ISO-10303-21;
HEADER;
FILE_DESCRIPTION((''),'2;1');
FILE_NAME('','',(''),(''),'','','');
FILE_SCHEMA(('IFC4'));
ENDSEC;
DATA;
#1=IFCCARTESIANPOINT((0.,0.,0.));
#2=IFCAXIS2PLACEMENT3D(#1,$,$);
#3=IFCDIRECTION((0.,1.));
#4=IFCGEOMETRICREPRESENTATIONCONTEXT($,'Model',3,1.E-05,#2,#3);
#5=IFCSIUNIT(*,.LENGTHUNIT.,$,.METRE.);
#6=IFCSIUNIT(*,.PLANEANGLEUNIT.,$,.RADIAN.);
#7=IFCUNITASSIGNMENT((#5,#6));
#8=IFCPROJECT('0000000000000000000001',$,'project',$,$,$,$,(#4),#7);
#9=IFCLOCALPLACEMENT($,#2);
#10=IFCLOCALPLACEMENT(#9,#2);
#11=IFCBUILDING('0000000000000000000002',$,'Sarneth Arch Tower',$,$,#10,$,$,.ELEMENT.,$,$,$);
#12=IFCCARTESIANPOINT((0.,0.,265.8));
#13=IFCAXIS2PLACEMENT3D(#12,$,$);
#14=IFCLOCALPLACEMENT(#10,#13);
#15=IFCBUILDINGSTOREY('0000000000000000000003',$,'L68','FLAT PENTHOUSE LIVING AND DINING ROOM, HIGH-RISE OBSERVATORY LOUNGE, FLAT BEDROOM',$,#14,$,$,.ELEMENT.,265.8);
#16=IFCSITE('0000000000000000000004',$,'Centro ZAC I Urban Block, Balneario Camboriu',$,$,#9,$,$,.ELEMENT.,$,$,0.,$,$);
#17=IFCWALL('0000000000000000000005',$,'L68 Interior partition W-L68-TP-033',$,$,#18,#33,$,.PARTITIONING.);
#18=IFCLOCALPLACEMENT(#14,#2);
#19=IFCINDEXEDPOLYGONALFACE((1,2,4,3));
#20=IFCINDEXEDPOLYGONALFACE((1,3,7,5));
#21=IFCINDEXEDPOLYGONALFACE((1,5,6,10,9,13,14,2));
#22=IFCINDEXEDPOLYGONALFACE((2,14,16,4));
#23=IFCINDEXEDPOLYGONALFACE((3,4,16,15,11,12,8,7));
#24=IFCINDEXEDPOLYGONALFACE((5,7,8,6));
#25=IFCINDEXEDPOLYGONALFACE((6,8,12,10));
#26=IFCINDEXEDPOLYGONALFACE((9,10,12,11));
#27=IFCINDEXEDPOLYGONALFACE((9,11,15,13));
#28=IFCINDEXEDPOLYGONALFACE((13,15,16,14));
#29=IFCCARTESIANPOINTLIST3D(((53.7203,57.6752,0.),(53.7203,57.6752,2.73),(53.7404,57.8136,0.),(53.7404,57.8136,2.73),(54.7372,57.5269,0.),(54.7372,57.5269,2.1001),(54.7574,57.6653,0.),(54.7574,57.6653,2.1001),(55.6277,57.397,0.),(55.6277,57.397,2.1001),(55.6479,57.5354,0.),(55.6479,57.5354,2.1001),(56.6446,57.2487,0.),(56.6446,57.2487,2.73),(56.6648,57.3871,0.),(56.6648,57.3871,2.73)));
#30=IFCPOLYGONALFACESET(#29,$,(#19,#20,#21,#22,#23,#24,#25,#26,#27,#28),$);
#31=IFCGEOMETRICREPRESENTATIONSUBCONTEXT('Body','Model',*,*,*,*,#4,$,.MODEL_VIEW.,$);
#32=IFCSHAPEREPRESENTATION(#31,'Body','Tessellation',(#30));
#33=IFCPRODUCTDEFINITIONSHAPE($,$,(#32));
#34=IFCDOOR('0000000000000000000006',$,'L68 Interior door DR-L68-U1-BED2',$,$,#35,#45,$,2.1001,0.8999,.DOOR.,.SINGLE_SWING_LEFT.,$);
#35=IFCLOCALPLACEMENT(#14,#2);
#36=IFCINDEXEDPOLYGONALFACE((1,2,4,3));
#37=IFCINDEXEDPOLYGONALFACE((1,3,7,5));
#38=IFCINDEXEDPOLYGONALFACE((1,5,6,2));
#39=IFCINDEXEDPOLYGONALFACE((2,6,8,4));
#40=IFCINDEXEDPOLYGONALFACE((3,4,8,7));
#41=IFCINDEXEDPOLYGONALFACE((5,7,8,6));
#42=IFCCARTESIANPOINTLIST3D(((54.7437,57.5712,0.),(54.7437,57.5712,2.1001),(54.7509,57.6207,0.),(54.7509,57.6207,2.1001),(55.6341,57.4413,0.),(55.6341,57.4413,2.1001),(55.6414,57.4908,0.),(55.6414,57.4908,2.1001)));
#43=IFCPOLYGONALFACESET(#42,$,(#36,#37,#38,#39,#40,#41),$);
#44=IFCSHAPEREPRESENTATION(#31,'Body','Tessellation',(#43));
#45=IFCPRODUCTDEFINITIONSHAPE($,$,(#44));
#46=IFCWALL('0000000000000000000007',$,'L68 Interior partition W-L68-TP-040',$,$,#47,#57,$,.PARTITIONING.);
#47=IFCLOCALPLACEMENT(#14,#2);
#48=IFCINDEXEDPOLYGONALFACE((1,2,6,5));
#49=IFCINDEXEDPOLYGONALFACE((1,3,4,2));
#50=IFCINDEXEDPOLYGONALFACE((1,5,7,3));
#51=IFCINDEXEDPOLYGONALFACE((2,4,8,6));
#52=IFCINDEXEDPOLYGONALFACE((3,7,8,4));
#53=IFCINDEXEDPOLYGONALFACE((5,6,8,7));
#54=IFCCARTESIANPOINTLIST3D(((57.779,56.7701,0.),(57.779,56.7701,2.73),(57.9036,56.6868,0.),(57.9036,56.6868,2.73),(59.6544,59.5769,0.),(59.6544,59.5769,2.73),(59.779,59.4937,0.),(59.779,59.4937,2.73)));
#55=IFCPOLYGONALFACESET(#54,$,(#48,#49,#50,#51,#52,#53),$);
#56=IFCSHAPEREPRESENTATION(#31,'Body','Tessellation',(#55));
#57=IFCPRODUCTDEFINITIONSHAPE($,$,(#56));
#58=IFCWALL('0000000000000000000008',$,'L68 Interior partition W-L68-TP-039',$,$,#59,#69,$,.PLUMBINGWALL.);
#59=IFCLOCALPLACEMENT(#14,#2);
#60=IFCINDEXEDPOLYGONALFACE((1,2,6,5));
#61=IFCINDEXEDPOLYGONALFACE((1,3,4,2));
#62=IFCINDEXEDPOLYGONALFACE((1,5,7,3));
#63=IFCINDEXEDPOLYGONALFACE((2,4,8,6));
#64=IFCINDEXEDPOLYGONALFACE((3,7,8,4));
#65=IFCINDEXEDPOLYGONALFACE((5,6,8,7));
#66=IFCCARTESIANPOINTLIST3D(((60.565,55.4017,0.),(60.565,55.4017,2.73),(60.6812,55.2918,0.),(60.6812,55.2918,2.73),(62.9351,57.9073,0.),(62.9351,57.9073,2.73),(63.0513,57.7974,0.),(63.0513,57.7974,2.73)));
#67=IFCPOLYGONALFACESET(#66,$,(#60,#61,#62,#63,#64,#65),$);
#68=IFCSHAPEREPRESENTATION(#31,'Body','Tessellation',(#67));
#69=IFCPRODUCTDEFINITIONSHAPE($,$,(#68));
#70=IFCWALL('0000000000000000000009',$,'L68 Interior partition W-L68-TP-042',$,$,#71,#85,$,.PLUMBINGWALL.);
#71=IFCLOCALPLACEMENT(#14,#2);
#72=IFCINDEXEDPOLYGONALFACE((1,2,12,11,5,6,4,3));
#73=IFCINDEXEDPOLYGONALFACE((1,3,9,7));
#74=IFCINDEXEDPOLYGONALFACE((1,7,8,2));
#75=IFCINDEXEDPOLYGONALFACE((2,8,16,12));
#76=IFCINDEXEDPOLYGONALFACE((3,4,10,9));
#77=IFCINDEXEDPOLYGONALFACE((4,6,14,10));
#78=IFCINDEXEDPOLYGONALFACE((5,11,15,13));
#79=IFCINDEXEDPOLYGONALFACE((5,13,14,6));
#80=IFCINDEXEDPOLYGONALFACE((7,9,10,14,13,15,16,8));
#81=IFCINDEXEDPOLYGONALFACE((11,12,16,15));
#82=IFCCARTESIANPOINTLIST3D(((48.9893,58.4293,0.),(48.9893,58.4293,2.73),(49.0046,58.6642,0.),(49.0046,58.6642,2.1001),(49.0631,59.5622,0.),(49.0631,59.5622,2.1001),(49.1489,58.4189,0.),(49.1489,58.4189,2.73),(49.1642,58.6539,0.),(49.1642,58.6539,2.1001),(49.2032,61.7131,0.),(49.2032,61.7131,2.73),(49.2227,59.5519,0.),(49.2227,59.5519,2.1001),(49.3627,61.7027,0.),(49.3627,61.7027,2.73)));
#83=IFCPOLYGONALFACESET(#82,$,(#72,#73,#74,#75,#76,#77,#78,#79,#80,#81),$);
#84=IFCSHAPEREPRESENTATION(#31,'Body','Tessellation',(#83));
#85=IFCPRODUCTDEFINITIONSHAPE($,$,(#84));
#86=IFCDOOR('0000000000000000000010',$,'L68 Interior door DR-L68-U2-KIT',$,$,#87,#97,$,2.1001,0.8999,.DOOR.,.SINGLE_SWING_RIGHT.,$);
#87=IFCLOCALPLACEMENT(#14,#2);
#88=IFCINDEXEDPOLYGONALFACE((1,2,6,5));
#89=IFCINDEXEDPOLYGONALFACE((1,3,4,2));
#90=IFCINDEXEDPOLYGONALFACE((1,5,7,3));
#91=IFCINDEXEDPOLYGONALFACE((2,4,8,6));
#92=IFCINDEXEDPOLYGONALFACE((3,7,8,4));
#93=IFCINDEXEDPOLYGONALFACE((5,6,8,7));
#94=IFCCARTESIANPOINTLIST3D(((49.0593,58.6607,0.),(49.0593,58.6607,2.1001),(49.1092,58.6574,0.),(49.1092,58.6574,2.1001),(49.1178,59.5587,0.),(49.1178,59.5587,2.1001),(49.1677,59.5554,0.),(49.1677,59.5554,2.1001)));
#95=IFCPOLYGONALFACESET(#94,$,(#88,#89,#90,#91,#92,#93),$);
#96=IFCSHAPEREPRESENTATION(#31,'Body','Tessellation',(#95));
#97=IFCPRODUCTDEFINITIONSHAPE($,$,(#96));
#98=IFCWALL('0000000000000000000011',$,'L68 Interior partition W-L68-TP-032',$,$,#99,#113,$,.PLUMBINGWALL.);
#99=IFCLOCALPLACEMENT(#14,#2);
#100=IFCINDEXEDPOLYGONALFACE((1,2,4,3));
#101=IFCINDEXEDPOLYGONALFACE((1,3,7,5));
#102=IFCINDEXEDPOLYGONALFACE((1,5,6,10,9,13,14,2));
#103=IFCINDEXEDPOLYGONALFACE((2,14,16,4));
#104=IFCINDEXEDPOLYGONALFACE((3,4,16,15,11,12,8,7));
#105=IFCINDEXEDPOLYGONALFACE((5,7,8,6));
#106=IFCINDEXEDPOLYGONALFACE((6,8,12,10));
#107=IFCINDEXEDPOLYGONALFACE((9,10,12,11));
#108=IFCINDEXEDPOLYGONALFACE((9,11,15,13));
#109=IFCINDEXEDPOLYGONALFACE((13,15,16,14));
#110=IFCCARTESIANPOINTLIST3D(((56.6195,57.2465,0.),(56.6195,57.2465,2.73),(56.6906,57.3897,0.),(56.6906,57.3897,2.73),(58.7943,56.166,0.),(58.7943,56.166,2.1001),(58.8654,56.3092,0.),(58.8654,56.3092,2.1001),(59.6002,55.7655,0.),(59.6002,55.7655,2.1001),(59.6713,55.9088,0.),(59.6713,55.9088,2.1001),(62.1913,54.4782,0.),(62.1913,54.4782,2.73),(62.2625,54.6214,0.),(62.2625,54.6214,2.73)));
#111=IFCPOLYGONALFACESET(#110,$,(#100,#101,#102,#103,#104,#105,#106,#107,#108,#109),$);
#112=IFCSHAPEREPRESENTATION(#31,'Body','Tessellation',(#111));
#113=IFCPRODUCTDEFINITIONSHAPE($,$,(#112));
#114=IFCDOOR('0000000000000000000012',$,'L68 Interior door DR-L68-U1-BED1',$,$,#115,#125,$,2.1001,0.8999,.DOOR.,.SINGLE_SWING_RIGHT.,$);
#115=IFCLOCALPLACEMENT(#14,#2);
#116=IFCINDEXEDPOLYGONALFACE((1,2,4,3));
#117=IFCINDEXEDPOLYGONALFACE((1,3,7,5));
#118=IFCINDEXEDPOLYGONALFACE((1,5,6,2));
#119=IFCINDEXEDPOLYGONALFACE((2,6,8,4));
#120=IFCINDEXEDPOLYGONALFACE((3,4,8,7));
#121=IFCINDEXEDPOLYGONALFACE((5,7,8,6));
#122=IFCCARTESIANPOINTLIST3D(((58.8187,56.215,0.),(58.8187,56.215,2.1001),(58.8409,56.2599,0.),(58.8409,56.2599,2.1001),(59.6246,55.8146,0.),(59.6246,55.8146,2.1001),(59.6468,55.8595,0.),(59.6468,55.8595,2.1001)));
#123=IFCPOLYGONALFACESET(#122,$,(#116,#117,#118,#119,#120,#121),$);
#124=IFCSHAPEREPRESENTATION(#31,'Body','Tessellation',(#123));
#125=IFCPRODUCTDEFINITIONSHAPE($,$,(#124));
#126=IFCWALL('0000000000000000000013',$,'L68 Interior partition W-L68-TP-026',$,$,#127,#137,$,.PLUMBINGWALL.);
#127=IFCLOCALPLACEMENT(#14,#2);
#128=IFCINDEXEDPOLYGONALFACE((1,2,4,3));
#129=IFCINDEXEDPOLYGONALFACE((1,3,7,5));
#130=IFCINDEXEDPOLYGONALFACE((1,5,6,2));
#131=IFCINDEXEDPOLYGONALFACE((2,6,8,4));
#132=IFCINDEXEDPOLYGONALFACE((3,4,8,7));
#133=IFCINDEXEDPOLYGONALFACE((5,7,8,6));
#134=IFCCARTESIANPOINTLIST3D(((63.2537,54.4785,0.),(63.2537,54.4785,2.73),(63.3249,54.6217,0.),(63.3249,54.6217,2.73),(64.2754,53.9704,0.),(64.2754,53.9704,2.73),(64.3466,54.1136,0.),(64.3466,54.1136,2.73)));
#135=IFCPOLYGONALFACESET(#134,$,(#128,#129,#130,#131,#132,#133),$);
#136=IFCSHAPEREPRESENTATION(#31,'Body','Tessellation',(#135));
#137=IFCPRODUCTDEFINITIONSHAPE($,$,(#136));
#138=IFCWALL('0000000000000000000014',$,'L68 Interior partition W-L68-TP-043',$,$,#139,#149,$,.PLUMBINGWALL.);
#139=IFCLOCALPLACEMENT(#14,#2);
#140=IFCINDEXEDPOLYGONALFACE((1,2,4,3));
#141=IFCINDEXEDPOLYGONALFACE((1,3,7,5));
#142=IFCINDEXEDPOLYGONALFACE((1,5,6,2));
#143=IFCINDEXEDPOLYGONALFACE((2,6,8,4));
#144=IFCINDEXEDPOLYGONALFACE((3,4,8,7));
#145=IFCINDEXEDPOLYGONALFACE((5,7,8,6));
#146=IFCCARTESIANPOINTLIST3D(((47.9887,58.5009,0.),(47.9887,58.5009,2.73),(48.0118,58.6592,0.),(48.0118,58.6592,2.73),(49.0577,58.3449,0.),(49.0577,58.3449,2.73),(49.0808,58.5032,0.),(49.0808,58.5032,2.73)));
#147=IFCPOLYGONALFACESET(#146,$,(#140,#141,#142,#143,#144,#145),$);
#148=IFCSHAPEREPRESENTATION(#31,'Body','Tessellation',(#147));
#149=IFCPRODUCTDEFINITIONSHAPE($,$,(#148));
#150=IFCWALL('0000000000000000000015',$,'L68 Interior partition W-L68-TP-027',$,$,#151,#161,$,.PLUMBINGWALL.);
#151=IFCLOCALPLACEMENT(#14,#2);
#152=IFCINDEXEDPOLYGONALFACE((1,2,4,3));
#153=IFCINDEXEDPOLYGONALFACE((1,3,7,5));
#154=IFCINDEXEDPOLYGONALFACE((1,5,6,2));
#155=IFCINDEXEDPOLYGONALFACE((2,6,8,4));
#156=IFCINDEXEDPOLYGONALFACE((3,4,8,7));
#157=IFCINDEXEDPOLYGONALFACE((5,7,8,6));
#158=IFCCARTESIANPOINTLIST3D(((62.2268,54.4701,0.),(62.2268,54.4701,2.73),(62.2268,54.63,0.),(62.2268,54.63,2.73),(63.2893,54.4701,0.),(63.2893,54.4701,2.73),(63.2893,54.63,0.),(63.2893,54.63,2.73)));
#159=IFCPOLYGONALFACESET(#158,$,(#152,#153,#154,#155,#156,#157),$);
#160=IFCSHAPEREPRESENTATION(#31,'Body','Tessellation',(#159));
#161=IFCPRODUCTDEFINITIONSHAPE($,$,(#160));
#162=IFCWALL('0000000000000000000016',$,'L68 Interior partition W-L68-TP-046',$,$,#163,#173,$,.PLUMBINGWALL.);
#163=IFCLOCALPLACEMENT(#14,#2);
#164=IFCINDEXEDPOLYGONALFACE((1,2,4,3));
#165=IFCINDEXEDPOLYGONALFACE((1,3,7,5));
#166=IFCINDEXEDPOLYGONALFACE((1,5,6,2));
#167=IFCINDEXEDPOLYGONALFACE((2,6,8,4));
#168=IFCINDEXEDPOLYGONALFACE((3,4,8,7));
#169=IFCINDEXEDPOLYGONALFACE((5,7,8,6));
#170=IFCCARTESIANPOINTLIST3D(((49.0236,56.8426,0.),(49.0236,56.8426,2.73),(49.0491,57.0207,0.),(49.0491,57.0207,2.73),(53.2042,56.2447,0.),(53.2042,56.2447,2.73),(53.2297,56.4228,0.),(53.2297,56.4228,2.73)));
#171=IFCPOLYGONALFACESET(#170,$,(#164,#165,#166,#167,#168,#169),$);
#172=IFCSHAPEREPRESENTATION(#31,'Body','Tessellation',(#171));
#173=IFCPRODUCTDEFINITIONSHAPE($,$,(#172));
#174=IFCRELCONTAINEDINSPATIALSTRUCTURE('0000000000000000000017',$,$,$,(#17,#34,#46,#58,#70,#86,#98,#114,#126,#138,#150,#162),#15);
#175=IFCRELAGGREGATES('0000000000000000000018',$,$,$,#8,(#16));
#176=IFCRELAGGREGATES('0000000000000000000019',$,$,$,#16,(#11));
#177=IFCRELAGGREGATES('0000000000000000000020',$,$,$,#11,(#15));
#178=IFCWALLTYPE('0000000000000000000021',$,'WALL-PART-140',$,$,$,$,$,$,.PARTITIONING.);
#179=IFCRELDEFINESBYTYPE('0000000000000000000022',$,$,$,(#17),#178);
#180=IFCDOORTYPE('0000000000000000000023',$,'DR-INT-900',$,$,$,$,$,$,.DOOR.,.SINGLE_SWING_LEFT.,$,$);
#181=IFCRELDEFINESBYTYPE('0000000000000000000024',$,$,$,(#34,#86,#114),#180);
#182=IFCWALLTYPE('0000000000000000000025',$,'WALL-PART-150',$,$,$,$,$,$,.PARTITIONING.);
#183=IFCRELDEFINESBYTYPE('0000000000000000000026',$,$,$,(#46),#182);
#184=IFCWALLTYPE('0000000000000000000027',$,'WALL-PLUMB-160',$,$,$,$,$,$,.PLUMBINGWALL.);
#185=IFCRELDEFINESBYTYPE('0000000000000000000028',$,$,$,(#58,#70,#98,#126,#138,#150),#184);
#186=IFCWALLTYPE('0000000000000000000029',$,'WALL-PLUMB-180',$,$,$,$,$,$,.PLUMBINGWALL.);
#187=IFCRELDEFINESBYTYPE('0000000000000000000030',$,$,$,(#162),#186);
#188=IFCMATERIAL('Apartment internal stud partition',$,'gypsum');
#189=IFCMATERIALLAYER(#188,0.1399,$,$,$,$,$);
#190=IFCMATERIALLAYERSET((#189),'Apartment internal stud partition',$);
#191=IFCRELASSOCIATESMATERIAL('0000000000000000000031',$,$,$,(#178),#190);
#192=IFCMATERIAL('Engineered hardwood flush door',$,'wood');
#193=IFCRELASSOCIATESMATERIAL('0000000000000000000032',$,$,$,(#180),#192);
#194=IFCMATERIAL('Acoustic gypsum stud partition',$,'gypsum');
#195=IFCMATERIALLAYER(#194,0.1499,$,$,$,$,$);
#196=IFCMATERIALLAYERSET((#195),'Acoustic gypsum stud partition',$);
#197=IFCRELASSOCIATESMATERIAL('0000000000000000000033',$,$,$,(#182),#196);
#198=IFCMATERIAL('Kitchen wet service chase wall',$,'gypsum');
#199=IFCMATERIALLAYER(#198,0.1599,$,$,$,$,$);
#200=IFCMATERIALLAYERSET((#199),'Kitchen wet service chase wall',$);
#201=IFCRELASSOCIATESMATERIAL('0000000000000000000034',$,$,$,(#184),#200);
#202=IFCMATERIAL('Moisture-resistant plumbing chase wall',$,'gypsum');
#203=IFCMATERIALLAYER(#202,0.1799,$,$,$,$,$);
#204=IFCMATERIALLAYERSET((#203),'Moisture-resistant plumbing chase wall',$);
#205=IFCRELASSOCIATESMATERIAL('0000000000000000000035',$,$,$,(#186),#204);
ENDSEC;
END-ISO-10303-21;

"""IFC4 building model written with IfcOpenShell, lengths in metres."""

from ifc_helpers import new_model, si_unit, direction, frame, frame_2d, origin, place, context, subcontext, project, spatial, rectangle, extrude, material, layer, layer_set, type_object, element, fill, save


model = new_model("IFC4")

# Units and contexts
model_context = context("Model", 3, precision=1e-05, world=origin(), true_north=direction((0.0, 1.0)))
body_context = subcontext(model_context, "Body", "Model", "MODEL_VIEW")
ifc_project = project(units=[si_unit("LENGTHUNIT", "METRE"), si_unit("PLANEANGLEUNIT", "RADIAN")], contexts=[model_context])

# Site, building, storey
site_placement = place(None, origin())
site = spatial("IfcSite", under=ifc_project, at=site_placement, Name="Centro ZAC I Urban Block, Balneario Camboriu", CompositionType="ELEMENT", RefElevation=0.0)
building_placement = place(site_placement, origin())
building = spatial("IfcBuilding", under=site, at=building_placement, Name="Sarneth Arch Tower", CompositionType="ELEMENT")
storey_placement = place(building_placement, frame((0.0, 0.0, 265.8)))
storey = spatial("IfcBuildingStorey", under=building, at=storey_placement, Name="L68", Description="FLAT PENTHOUSE LIVING AND DINING ROOM, HIGH-RISE OBSERVATORY LOUNGE, FLAT BEDROOM", CompositionType="ELEMENT", Elevation=265.8)

# Wall, opening, door
ifc_material_1 = material(Name="Apartment internal stud partition", Category="gypsum")
ifc_layer_1 = layer(ifc_material_1, 0.1399)
ifc_layer_set_1 = layer_set([ifc_layer_1], Name="Apartment internal stud partition")
wall_type_1 = type_object("IfcWallType", Name="WALL-PART-140", PredefinedType="PARTITIONING", material=ifc_layer_set_1)
wall_1_placement = place(storey_placement, frame((53.7305, 57.7444, 0.0), z_axis=(0.0, 0.0, 1.0), x_axis=(0.989531, -0.144324, 0.0)))
wall_1 = element("IfcWall", 1, at=wall_1_placement, inside=storey, type_object=wall_type_1, Name="L68 Interior partition W-L68-TP-033", PredefinedType="PARTITIONING", context=body_context, shape_type="SweptSolid", body=[
    extrude(rectangle(XDim=2.9553, YDim=0.1399, at=frame_2d((1.4775, 0.0))), origin(), (0.0, 0.0, 1.0), 2.73),
])
opening_1_placement = place(wall_1_placement, frame((1.0276, 0.0, 0.0)))
opening_1 = element("IfcOpeningElement", 2, at=opening_1_placement, cuts=wall_1, PredefinedType="OPENING", context=body_context, shape_type="SweptSolid", body=[
    extrude(rectangle(XDim=0.8999, YDim=2.1001, at=frame_2d((0.45, 1.05))), frame((0.0, 0.0798, 0.0), z_axis=(0.0, -1.0, 0.0), x_axis=(1.0, 0.0, 0.0)), (0.0, 0.0, 1.0), 0.1599),
])
ifc_material_2 = material(Name="Engineered hardwood flush door", Category="wood")
door_type = type_object("IfcDoorType", Name="DR-INT-900", OperationType="SINGLE_SWING_LEFT", PredefinedType="DOOR", material=ifc_material_2)
door_1_placement = place(opening_1_placement, origin())
door_1 = element("IfcDoor", 3, at=door_1_placement, inside=storey, type_object=door_type, Name="L68 Interior door DR-L68-U1-BED2", OperationType="SINGLE_SWING_LEFT", OverallHeight=2.1001, OverallWidth=0.8999, PredefinedType="DOOR", context=body_context, shape_type="SweptSolid", body=[
    extrude(rectangle(XDim=0.8999, YDim=2.1001, at=frame_2d((0.45, 1.05))), frame((0.0, 0.0249, 0.0), z_axis=(0.0, -1.0, 0.0), x_axis=(1.0, 0.0, 0.0)), (0.0, 0.0, 1.0), 0.05),
])
fill(opening_1, door_1)

# Walls
ifc_material_3 = material(Name="Acoustic gypsum stud partition", Category="gypsum")
ifc_layer_2 = layer(ifc_material_3, 0.1499)
ifc_layer_set_2 = layer_set([ifc_layer_2], Name="Acoustic gypsum stud partition")
wall_type_2 = type_object("IfcWallType", Name="WALL-PART-150", PredefinedType="PARTITIONING", material=ifc_layer_set_2)
wall_2_placement = place(storey_placement, frame((59.7168, 59.5354, 0.0), z_axis=(0.0, 0.0, 1.0), x_axis=(-0.555568, -0.831471, 0.0)))
element("IfcWall", 4, at=wall_2_placement, inside=storey, type_object=wall_type_2, Name="L68 Interior partition W-L68-TP-040", PredefinedType="PARTITIONING", context=body_context, shape_type="SweptSolid", body=[
    extrude(rectangle(XDim=3.3757, YDim=0.1499, at=frame_2d((1.688, 0.0))), origin(), (0.0, 0.0, 1.0), 2.73),
])
ifc_material_4 = material(Name="Kitchen wet service chase wall", Category="gypsum")
ifc_layer_3 = layer(ifc_material_4, 0.1599)
ifc_layer_set_3 = layer_set([ifc_layer_3], Name="Kitchen wet service chase wall")
wall_type_3 = type_object("IfcWallType", Name="WALL-PLUMB-160", PredefinedType="PLUMBINGWALL", material=ifc_layer_set_3)
wall_3_placement = place(storey_placement, frame((60.623, 55.3467, 0.0), z_axis=(0.0, 0.0, 1.0), x_axis=(0.687191, 0.726477, 0.0)))
element("IfcWall", 5, at=wall_3_placement, inside=storey, type_object=wall_type_3, Name="L68 Interior partition W-L68-TP-039", PredefinedType="PLUMBINGWALL", context=body_context, shape_type="SweptSolid", body=[
    extrude(rectangle(XDim=3.449, YDim=0.1599, at=frame_2d((1.7246, 0.0))), origin(), (0.0, 0.0, 1.0), 2.73),
])

# Walls, openings, doors
wall_4_placement = place(storey_placement, frame((49.283, 61.708, 0.0), z_axis=(0.0, 0.0, 1.0), x_axis=(-0.064988, -0.997886, 0.0)))
wall_4 = element("IfcWall", 6, at=wall_4_placement, inside=storey, type_object=wall_type_3, Name="L68 Interior partition W-L68-TP-042", PredefinedType="PLUMBINGWALL", context=body_context, shape_type="SweptSolid", body=[
    extrude(rectangle(XDim=3.2908, YDim=0.1599, at=frame_2d((1.6455, 0.0))), origin(), (0.0, 0.0, 1.0), 2.73),
])
opening_2_placement = place(wall_4_placement, frame((2.1555, 0.0, 0.0)))
opening_2 = element("IfcOpeningElement", 7, at=opening_2_placement, cuts=wall_4, PredefinedType="OPENING", context=body_context, shape_type="SweptSolid", body=[
    extrude(rectangle(XDim=0.8999, YDim=2.1001, at=frame_2d((0.45, 1.05))), frame((0.0, 0.0898, 0.0), z_axis=(0.0, -1.0, 0.0), x_axis=(1.0, 0.0, 0.0)), (0.0, 0.0, 1.0), 0.1799),
])
door_2_placement = place(opening_2_placement, origin())
door_2 = element("IfcDoor", 8, at=door_2_placement, inside=storey, type_object=door_type, Name="L68 Interior door DR-L68-U2-KIT", OperationType="SINGLE_SWING_RIGHT", OverallHeight=2.1001, OverallWidth=0.8999, PredefinedType="DOOR", context=body_context, shape_type="SweptSolid", body=[
    extrude(rectangle(XDim=0.8999, YDim=2.1001, at=frame_2d((0.45, 1.05))), frame((0.0, 0.0249, 0.0), z_axis=(0.0, -1.0, 0.0), x_axis=(1.0, 0.0, 0.0)), (0.0, 0.0, 1.0), 0.05),
])
fill(opening_2, door_2)
wall_5_placement = place(storey_placement, frame((56.655, 57.3181, 0.0), z_axis=(0.0, 0.0, 1.0), x_axis=(0.895554, -0.444952, 0.0)))
wall_5 = element("IfcWall", 9, at=wall_5_placement, inside=storey, type_object=wall_type_3, Name="L68 Interior partition W-L68-TP-032", PredefinedType="PLUMBINGWALL", context=body_context, shape_type="SweptSolid", body=[
    extrude(rectangle(XDim=6.2217, YDim=0.1599, at=frame_2d((3.1108, 0.0))), origin(), (0.0, 0.0, 1.0), 2.73),
])
opening_3_placement = place(wall_5_placement, frame((2.4285, 0.0, 0.0)))
opening_3 = element("IfcOpeningElement", 10, at=opening_3_placement, cuts=wall_5, PredefinedType="OPENING", context=body_context, shape_type="SweptSolid", body=[
    extrude(rectangle(XDim=0.8999, YDim=2.1001, at=frame_2d((0.45, 1.05))), frame((0.0, 0.0898, 0.0), z_axis=(0.0, -1.0, 0.0), x_axis=(1.0, 0.0, 0.0)), (0.0, 0.0, 1.0), 0.1799),
])
door_3_placement = place(opening_3_placement, origin())
door_3 = element("IfcDoor", 11, at=door_3_placement, inside=storey, type_object=door_type, Name="L68 Interior door DR-L68-U1-BED1", OperationType="SINGLE_SWING_RIGHT", OverallHeight=2.1001, OverallWidth=0.8999, PredefinedType="DOOR", context=body_context, shape_type="SweptSolid", body=[
    extrude(rectangle(XDim=0.8999, YDim=2.1001, at=frame_2d((0.45, 1.05))), frame((0.0, 0.0249, 0.0), z_axis=(0.0, -1.0, 0.0), x_axis=(1.0, 0.0, 0.0)), (0.0, 0.0, 1.0), 0.05),
])
fill(opening_3, door_3)

# Walls
wall_6_placement = place(storey_placement, frame((64.311, 54.042, 0.0), z_axis=(0.0, 0.0, 1.0), x_axis=(-0.895409, 0.445244, 0.0)))
element("IfcWall", 12, at=wall_6_placement, inside=storey, type_object=wall_type_3, Name="L68 Interior partition W-L68-TP-026", PredefinedType="PLUMBINGWALL", context=body_context, shape_type="SweptSolid", body=[
    extrude(rectangle(XDim=1.1411, YDim=0.1599, at=frame_2d((0.5706, 0.0))), origin(), (0.0, 0.0, 1.0), 2.73),
])
wall_7_placement = place(storey_placement, frame((49.0691, 58.4241, 0.0), z_axis=(0.0, 0.0, 1.0), x_axis=(-0.98952, 0.144394, 0.0)))
element("IfcWall", 13, at=wall_7_placement, inside=storey, type_object=wall_type_3, Name="L68 Interior partition W-L68-TP-043", PredefinedType="PLUMBINGWALL", context=body_context, shape_type="SweptSolid", body=[
    extrude(rectangle(XDim=1.0803, YDim=0.1599, at=frame_2d((0.54, 0.0))), origin(), (0.0, 0.0, 1.0), 2.73),
])
wall_8_placement = place(storey_placement, frame((63.2893, 54.55, 0.0), z_axis=(0.0, 0.0, 1.0), x_axis=(-1.0, 0.0, 0.0)))
element("IfcWall", 14, at=wall_8_placement, inside=storey, type_object=wall_type_3, Name="L68 Interior partition W-L68-TP-027", PredefinedType="PLUMBINGWALL", context=body_context, shape_type="SweptSolid", body=[
    extrude(rectangle(XDim=1.0625, YDim=0.1599, at=frame_2d((0.5312, 0.0))), origin(), (0.0, 0.0, 1.0), 2.73),
])
ifc_material_5 = material(Name="Moisture-resistant plumbing chase wall", Category="gypsum")
ifc_layer_4 = layer(ifc_material_5, 0.1799)
ifc_layer_set_4 = layer_set([ifc_layer_4], Name="Moisture-resistant plumbing chase wall")
wall_type_4 = type_object("IfcWallType", Name="WALL-PLUMB-180", PredefinedType="PLUMBINGWALL", material=ifc_layer_set_4)
wall_9_placement = place(storey_placement, frame((49.0364, 56.9316, 0.0), z_axis=(0.0, 0.0, 1.0), x_axis=(0.989928, -0.141575, 0.0)))
element("IfcWall", 15, at=wall_9_placement, inside=storey, type_object=wall_type_4, Name="L68 Interior partition W-L68-TP-046", PredefinedType="PLUMBINGWALL", context=body_context, shape_type="SweptSolid", body=[
    extrude(rectangle(XDim=4.2231, YDim=0.1799, at=frame_2d((2.1116, 0.0))), origin(), (0.0, 0.0, 1.0), 2.73),
])

save(model, "model.ifc")
